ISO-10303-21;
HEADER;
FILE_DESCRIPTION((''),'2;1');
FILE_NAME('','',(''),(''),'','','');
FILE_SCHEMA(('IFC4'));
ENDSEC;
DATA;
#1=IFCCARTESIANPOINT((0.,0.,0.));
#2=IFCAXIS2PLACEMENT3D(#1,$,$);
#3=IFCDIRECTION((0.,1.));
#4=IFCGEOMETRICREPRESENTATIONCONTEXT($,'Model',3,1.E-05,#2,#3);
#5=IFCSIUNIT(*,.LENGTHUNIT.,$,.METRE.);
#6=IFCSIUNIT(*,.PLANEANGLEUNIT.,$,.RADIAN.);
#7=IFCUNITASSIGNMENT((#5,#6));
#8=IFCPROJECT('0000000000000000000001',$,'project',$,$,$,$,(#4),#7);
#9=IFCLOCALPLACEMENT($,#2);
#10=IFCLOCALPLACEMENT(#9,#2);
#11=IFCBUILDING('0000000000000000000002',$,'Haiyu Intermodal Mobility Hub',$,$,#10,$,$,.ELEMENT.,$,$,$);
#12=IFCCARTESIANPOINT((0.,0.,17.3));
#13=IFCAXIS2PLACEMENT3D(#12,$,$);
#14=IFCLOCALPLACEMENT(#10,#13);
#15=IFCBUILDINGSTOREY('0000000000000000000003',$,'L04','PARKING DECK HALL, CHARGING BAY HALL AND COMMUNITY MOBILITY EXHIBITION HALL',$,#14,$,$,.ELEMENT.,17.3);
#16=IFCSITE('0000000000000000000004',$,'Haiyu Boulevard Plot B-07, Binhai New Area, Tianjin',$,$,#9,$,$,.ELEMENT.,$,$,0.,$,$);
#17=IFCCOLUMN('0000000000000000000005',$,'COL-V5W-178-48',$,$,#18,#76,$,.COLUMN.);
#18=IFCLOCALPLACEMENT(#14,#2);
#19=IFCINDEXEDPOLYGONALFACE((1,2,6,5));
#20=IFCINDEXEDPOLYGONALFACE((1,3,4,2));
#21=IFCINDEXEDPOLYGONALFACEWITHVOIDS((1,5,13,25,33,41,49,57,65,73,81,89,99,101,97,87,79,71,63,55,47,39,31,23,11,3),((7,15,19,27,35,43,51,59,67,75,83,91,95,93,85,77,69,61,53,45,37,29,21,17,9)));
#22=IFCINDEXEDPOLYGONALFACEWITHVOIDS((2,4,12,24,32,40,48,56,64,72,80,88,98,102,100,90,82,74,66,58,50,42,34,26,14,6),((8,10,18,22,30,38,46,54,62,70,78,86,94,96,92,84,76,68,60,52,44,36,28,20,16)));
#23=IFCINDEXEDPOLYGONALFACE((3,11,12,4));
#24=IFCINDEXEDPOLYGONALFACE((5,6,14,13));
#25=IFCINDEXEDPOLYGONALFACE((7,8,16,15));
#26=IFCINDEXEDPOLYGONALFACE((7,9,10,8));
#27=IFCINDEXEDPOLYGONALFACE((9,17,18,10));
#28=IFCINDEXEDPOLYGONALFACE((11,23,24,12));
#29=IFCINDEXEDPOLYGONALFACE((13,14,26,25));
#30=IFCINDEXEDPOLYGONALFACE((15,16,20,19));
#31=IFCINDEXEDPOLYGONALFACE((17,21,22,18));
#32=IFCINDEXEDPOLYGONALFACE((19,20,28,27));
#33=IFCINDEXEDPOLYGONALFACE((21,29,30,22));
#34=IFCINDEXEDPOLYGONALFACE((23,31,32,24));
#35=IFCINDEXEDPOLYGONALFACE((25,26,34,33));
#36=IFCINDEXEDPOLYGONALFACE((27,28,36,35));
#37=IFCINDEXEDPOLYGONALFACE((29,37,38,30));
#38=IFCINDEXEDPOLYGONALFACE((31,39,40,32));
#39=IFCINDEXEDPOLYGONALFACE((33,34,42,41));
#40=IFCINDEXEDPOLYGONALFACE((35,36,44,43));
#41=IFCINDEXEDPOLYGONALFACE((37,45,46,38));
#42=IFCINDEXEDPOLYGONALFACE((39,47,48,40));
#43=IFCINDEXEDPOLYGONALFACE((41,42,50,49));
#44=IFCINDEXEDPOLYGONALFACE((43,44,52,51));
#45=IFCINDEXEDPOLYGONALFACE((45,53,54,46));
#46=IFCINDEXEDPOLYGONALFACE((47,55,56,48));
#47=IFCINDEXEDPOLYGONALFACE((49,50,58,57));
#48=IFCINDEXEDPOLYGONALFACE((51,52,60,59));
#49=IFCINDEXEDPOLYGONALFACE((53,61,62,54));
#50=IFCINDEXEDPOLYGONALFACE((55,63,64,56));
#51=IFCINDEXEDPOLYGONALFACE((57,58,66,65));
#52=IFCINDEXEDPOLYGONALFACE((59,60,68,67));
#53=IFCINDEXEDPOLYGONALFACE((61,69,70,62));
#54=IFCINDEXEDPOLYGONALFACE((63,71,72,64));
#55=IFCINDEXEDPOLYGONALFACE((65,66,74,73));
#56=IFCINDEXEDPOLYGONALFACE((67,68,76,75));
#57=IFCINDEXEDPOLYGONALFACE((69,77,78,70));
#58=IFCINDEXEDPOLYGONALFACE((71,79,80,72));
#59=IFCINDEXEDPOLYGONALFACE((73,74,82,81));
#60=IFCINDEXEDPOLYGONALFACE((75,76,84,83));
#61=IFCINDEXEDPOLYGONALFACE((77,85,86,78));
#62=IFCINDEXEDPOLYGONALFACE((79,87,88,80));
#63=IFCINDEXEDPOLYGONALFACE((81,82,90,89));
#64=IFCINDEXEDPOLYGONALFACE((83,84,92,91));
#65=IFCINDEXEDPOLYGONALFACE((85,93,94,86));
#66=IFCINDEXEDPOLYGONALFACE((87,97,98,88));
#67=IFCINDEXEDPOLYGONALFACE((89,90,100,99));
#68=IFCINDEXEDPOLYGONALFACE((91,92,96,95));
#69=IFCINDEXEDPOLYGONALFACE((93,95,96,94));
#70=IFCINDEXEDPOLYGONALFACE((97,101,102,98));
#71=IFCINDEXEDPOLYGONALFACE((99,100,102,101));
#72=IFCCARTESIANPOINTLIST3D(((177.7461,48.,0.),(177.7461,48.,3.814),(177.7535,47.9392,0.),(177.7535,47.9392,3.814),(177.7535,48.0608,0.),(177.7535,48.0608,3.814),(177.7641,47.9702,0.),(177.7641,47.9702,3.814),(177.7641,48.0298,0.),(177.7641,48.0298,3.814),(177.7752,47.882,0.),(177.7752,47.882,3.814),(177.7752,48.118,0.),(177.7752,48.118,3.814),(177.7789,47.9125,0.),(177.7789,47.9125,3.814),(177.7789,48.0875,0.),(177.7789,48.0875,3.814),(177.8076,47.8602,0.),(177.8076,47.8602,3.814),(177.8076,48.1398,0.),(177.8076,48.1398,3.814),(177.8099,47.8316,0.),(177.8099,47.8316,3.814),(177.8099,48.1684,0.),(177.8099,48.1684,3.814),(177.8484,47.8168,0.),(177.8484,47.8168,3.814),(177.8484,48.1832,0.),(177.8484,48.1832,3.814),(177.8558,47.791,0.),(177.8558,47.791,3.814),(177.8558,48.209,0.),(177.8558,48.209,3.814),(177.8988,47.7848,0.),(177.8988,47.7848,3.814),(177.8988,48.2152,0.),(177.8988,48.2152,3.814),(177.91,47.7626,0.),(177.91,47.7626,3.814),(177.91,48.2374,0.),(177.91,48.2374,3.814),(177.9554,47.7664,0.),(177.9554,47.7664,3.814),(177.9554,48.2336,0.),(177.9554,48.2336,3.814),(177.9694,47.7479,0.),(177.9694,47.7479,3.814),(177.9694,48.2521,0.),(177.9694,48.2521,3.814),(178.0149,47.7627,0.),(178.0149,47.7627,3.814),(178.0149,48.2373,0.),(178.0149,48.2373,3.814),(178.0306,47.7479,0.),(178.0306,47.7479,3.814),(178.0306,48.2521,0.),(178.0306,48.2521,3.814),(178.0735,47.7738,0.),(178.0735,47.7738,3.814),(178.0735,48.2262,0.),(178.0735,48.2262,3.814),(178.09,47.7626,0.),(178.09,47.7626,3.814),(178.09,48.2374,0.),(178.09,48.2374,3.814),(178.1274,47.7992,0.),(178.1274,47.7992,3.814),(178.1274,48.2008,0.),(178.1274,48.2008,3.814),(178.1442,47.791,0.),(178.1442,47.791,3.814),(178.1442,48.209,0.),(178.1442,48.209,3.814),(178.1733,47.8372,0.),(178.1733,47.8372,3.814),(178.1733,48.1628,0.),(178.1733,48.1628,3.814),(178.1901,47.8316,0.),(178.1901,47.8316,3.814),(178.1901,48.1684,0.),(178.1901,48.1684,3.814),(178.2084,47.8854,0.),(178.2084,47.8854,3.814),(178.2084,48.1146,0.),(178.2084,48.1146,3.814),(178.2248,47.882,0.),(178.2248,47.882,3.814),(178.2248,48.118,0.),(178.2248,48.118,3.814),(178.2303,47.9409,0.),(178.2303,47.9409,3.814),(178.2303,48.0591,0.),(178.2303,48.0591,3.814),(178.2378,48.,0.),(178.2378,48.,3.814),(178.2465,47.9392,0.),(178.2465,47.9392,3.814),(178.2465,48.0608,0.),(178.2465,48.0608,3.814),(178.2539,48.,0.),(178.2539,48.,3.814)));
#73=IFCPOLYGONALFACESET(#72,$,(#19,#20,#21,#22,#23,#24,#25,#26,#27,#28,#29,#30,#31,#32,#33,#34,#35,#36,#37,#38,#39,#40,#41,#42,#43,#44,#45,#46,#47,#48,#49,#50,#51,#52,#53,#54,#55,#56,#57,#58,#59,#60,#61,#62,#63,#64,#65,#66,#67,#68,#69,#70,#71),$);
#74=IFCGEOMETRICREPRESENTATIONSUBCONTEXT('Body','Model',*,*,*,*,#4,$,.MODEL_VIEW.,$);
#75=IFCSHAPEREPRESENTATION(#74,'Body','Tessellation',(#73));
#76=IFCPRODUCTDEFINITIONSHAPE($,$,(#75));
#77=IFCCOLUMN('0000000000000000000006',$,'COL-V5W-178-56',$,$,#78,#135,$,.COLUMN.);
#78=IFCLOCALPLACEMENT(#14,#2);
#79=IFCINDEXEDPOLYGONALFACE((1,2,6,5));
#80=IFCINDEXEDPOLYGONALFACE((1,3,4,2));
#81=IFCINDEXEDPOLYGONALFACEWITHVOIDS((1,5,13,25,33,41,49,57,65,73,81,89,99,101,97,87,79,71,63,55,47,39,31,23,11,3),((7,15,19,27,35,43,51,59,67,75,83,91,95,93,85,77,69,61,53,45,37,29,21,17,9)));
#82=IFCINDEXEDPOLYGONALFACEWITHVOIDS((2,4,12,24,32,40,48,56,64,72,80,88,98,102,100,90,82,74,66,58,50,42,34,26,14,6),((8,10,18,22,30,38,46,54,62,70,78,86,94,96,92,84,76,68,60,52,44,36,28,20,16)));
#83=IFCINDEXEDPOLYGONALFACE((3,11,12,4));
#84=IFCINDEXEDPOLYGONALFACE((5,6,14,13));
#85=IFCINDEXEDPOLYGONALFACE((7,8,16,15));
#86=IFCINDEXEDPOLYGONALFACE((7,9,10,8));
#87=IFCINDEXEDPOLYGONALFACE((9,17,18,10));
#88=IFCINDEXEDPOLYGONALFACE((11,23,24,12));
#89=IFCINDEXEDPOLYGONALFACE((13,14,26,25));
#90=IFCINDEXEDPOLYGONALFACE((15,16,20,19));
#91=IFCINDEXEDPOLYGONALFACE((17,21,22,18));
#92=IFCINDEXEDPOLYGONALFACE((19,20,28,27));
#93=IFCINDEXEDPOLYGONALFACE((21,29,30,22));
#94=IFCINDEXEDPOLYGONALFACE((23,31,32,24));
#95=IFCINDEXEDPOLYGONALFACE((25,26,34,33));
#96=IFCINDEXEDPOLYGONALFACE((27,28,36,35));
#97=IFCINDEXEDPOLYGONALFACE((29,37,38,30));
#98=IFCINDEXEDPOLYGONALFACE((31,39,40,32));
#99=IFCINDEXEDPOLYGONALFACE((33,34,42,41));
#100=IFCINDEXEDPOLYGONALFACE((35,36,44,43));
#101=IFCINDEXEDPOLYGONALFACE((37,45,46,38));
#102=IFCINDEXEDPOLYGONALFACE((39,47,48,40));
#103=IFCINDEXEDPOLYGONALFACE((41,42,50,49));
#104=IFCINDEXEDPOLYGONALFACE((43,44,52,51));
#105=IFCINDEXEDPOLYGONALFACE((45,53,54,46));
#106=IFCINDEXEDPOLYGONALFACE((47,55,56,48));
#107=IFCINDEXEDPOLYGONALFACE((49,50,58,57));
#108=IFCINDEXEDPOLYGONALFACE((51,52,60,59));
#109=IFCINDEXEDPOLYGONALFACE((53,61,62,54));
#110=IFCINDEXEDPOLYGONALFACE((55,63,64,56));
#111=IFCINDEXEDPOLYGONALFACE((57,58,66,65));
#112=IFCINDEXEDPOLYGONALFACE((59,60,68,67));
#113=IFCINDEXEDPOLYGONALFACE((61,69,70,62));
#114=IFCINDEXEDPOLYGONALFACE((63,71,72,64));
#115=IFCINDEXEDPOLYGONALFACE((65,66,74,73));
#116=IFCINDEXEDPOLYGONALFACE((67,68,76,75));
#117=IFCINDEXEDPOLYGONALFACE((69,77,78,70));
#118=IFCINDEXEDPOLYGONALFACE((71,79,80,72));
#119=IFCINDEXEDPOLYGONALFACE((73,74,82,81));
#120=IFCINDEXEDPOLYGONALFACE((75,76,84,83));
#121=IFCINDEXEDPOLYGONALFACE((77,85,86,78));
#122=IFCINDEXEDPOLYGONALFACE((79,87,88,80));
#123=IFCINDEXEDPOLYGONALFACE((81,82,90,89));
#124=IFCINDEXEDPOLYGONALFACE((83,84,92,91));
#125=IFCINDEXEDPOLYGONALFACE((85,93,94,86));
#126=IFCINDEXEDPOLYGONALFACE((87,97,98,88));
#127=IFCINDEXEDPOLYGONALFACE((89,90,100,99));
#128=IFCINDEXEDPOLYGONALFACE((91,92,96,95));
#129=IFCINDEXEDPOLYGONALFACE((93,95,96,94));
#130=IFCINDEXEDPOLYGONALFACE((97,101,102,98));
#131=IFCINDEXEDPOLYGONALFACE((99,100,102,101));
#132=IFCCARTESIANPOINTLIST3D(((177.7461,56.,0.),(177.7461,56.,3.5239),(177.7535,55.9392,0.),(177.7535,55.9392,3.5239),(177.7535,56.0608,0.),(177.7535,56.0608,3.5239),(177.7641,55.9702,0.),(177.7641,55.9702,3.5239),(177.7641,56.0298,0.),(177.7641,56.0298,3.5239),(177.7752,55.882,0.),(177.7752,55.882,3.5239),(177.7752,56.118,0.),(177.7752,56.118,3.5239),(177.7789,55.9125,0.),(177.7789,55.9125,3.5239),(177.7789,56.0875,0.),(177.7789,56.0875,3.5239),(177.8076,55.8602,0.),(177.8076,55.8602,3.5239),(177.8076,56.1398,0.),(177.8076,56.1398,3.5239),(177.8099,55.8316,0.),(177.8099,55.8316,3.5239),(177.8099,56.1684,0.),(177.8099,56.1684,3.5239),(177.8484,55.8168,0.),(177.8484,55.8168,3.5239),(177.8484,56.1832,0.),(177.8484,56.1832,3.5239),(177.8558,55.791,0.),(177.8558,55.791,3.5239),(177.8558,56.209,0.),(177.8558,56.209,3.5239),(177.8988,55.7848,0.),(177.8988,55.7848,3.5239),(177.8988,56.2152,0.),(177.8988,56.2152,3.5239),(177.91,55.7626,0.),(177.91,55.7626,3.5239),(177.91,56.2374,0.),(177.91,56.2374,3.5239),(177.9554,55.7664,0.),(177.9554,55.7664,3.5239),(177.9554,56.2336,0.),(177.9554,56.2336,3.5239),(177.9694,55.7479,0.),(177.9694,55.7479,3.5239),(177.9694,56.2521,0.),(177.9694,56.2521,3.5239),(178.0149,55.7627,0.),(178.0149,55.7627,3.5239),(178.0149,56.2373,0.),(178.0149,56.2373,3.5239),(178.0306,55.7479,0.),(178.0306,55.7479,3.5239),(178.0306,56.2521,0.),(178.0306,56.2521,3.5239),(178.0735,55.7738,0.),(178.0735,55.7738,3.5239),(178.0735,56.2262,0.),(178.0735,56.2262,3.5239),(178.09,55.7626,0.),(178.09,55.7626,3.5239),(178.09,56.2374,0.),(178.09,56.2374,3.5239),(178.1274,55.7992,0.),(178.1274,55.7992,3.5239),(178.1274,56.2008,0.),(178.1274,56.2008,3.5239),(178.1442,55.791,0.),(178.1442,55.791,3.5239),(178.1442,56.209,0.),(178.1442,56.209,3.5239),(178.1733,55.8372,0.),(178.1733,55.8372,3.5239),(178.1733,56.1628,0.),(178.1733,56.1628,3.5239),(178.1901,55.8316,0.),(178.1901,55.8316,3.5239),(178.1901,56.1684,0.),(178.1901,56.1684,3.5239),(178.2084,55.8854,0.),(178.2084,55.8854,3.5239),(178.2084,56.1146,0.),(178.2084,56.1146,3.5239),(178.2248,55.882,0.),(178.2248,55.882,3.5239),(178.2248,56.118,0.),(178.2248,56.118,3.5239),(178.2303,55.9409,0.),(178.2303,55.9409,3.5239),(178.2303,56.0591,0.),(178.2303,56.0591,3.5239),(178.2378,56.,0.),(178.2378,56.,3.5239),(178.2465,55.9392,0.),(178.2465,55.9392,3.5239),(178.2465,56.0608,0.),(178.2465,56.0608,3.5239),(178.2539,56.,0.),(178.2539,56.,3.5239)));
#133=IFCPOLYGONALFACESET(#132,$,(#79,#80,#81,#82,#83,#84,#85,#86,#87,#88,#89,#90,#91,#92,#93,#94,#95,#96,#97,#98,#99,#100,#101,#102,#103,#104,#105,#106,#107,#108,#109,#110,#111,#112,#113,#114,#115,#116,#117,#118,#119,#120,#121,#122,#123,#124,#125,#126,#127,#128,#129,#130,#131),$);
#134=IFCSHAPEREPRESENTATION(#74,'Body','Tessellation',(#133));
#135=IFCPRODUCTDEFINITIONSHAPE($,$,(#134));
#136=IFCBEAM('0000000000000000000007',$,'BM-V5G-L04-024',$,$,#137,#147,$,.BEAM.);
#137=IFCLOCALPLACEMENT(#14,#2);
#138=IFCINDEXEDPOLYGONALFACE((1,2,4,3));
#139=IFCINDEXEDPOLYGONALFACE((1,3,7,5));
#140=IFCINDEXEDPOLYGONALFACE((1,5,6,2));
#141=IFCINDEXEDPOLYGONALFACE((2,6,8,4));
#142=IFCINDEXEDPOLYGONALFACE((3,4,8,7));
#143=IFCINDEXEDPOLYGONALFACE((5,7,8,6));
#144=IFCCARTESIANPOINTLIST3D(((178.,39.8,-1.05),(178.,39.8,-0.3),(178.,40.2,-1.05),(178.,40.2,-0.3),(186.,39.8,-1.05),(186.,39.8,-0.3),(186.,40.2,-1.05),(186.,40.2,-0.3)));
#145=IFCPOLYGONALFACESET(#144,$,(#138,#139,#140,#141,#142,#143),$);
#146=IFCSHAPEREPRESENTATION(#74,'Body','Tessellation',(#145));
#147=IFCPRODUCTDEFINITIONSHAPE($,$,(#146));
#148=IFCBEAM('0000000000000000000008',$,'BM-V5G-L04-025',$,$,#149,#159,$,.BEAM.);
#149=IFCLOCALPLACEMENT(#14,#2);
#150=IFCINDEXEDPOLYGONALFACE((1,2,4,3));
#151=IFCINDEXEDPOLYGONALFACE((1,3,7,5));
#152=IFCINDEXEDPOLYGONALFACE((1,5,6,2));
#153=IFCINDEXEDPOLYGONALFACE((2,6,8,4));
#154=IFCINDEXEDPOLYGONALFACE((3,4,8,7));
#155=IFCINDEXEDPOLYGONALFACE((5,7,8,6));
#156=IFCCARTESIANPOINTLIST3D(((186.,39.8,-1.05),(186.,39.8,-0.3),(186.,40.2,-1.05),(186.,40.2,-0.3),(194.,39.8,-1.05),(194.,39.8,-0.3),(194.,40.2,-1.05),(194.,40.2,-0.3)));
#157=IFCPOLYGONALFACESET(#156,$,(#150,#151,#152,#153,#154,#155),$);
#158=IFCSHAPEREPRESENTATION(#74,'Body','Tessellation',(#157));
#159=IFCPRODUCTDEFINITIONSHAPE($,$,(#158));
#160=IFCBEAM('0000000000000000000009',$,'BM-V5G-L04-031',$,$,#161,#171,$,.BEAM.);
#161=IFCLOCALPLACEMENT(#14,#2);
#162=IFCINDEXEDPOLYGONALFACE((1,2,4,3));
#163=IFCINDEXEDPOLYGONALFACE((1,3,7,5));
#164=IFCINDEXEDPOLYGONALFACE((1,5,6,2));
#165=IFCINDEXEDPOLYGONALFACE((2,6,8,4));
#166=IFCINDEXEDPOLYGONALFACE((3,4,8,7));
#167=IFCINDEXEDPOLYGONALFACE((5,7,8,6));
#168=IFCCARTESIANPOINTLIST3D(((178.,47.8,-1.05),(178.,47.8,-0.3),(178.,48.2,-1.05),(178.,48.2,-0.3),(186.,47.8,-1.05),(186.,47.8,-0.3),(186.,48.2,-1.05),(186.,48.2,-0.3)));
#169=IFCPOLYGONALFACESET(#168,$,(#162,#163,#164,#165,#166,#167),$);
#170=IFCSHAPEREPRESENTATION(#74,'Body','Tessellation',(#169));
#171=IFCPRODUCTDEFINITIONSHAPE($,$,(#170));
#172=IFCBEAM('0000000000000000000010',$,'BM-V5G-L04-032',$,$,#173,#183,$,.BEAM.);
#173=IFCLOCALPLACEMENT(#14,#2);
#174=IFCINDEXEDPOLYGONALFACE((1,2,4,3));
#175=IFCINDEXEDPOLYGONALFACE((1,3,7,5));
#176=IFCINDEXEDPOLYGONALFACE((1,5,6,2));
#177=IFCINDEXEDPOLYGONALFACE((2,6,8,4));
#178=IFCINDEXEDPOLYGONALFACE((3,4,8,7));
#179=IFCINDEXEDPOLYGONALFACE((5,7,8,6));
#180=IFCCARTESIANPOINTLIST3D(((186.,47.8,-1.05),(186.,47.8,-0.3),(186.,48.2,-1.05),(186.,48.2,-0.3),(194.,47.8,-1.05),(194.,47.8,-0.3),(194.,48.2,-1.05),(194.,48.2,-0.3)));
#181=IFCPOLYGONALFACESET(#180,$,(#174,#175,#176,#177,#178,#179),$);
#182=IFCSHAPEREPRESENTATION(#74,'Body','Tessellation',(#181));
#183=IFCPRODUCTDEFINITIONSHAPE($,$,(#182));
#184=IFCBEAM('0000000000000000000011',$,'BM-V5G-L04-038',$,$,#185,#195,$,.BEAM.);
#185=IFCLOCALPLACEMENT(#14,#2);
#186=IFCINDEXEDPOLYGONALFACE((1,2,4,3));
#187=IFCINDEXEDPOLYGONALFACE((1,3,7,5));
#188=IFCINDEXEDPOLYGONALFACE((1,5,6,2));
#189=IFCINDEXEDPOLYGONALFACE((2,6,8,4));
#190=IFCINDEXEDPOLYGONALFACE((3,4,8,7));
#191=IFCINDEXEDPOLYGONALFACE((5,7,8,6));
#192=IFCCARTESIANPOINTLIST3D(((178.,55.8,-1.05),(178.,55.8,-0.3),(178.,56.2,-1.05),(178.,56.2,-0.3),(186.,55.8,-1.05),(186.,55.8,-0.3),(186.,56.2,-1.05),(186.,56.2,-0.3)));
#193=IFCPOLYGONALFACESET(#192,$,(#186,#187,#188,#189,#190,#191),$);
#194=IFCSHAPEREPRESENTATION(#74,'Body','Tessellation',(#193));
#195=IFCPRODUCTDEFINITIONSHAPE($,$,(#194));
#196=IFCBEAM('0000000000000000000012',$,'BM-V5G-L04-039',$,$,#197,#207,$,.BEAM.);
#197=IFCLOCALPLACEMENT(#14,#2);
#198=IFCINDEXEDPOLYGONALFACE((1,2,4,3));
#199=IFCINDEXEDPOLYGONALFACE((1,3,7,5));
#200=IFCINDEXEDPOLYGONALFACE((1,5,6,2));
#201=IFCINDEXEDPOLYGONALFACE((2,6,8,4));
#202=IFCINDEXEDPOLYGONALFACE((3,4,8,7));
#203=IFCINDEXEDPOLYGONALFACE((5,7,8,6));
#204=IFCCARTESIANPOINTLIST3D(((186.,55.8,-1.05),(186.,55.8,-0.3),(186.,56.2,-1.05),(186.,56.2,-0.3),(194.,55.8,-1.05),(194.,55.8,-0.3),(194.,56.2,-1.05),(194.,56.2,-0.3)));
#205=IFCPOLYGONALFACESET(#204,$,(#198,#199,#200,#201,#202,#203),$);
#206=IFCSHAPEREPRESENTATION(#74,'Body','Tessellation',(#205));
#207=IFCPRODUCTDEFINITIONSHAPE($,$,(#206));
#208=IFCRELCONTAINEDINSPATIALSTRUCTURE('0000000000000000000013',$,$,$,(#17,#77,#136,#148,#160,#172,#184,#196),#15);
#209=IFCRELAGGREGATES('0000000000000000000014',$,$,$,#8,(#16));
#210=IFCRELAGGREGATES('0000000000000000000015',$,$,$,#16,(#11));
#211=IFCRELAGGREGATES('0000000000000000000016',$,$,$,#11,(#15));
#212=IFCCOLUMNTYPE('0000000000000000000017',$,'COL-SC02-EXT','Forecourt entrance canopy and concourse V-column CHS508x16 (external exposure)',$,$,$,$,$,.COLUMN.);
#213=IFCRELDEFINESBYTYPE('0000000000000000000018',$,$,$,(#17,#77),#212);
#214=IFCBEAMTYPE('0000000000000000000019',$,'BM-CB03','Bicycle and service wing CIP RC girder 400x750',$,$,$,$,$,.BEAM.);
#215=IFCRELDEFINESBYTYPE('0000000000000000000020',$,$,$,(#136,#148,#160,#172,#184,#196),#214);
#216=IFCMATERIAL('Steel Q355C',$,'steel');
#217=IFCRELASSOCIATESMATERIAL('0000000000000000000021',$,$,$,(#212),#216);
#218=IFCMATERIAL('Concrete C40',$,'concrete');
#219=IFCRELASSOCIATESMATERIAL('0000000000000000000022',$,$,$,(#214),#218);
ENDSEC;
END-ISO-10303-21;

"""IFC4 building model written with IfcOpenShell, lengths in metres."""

from ifc_helpers import new_model, si_unit, direction, frame, origin, origin_2d, place, context, subcontext, project, spatial, rectangle, hollow_circle, extrude, material, material_profile, profile_set, type_object, element, save


model = new_model("IFC4")

# Units and contexts
model_context = context("Model", 3, precision=1e-05, world=origin(), true_north=direction((0.0, 1.0)))
body_context = subcontext(model_context, "Body", "Model", "MODEL_VIEW")
ifc_project = project(units=[si_unit("LENGTHUNIT", "METRE"), si_unit("PLANEANGLEUNIT", "RADIAN")], contexts=[model_context])

# Site, building, storey
site_placement = place(None, origin())
site = spatial("IfcSite", under=ifc_project, at=site_placement, Name="Haiyu Boulevard Plot B-07, Binhai New Area, Tianjin", CompositionType="ELEMENT", RefElevation=0.0)
building_placement = place(site_placement, origin())
building = spatial("IfcBuilding", under=site, at=building_placement, Name="Haiyu Intermodal Mobility Hub", CompositionType="ELEMENT")
storey_placement = place(building_placement, frame((0.0, 0.0, 17.3)))
storey = spatial("IfcBuildingStorey", under=building, at=storey_placement, Name="L04", Description="PARKING DECK HALL, CHARGING BAY HALL AND COMMUNITY MOBILITY EXHIBITION HALL", CompositionType="ELEMENT", Elevation=17.3)

# Columns
ifc_material_1 = material(Name="Steel Q355C", Category="steel")
ifc_material_profile_1 = material_profile(ifc_material_1, hollow_circle(Radius=0.2539, WallThickness=0.0161, at=origin_2d()), Name="CHS508x16")
ifc_profile_set_1 = profile_set([ifc_material_profile_1], Name="Steel Q355C")
column_type = type_object("IfcColumnType", Name="COL-SC02-EXT", Description="Forecourt entrance canopy and concourse V-column CHS508x16 (external exposure)", PredefinedType="COLUMN", material=ifc_profile_set_1)
column_1_placement = place(storey_placement, frame((178.0, 48.0, 0.0), z_axis=(0.0, 0.0, 1.0), x_axis=(1.0, 0.0, 0.0)))
element("IfcColumn", 1, at=column_1_placement, inside=storey, type_object=column_type, Name="COL-V5W-178-48", PredefinedType="COLUMN", context=body_context, shape_type="SweptSolid", body=[
    extrude(hollow_circle(Radius=0.2539, WallThickness=0.0161, at=origin_2d()), origin(), (0.0, 0.0, 1.0), 3.814),
])
column_2_placement = place(storey_placement, frame((178.0, 56.0, 0.0), z_axis=(0.0, 0.0, 1.0), x_axis=(1.0, 0.0, 0.0)))
element("IfcColumn", 2, at=column_2_placement, inside=storey, type_object=column_type, Name="COL-V5W-178-56", PredefinedType="COLUMN", context=body_context, shape_type="SweptSolid", body=[
    extrude(hollow_circle(Radius=0.2539, WallThickness=0.0161, at=origin_2d()), origin(), (0.0, 0.0, 1.0), 3.5239),
])

# Beams
ifc_material_2 = material(Name="Concrete C40", Category="concrete")
ifc_material_profile_2 = material_profile(ifc_material_2, rectangle(XDim=0.3999, YDim=0.75, at=origin_2d()), Name="RCB400x750")
ifc_profile_set_2 = profile_set([ifc_material_profile_2], Name="Concrete C40")
beam_type_1 = type_object("IfcBeamType", Name="BM-CB03", Description="Bicycle and service wing CIP RC girder 400x750", PredefinedType="BEAM", material=ifc_profile_set_2)
for number, where, z_axis, x_axis, name in (
    (3, (178.0, 40.0, -0.675), (1.0, 0.0, 0.0), (0.0, 1.0, 0.0), "BM-V5G-L04-024"),
    (4, (186.0, 40.0, -0.675), (1.0, 0.0, 0.0), (0.0, 1.0, 0.0), "BM-V5G-L04-025"),
    (5, (178.0, 48.0, -0.675), (1.0, 0.0, 0.0), (0.0, 1.0, 0.0), "BM-V5G-L04-031"),
    (6, (186.0, 48.0, -0.675), (1.0, 0.0, 0.0), (0.0, 1.0, 0.0), "BM-V5G-L04-032"),
    (7, (178.0, 56.0, -0.675), (1.0, 0.0, 0.0), (0.0, 1.0, 0.0), "BM-V5G-L04-038"),
    (8, (186.0, 56.0, -0.675), (1.0, 0.0, 0.0), (0.0, 1.0, 0.0), "BM-V5G-L04-039"),
):
    element("IfcBeam", number, at=place(storey_placement, frame(where, z_axis=z_axis, x_axis=x_axis)), inside=storey, type_object=beam_type_1, Name=name, PredefinedType="BEAM", context=body_context, shape_type="SweptSolid", body=[
        extrude(rectangle(XDim=0.3999, YDim=0.75, at=origin_2d()), origin(), (0.0, 0.0, 1.0), 8.0),
    ])

save(model, "model.ifc")
